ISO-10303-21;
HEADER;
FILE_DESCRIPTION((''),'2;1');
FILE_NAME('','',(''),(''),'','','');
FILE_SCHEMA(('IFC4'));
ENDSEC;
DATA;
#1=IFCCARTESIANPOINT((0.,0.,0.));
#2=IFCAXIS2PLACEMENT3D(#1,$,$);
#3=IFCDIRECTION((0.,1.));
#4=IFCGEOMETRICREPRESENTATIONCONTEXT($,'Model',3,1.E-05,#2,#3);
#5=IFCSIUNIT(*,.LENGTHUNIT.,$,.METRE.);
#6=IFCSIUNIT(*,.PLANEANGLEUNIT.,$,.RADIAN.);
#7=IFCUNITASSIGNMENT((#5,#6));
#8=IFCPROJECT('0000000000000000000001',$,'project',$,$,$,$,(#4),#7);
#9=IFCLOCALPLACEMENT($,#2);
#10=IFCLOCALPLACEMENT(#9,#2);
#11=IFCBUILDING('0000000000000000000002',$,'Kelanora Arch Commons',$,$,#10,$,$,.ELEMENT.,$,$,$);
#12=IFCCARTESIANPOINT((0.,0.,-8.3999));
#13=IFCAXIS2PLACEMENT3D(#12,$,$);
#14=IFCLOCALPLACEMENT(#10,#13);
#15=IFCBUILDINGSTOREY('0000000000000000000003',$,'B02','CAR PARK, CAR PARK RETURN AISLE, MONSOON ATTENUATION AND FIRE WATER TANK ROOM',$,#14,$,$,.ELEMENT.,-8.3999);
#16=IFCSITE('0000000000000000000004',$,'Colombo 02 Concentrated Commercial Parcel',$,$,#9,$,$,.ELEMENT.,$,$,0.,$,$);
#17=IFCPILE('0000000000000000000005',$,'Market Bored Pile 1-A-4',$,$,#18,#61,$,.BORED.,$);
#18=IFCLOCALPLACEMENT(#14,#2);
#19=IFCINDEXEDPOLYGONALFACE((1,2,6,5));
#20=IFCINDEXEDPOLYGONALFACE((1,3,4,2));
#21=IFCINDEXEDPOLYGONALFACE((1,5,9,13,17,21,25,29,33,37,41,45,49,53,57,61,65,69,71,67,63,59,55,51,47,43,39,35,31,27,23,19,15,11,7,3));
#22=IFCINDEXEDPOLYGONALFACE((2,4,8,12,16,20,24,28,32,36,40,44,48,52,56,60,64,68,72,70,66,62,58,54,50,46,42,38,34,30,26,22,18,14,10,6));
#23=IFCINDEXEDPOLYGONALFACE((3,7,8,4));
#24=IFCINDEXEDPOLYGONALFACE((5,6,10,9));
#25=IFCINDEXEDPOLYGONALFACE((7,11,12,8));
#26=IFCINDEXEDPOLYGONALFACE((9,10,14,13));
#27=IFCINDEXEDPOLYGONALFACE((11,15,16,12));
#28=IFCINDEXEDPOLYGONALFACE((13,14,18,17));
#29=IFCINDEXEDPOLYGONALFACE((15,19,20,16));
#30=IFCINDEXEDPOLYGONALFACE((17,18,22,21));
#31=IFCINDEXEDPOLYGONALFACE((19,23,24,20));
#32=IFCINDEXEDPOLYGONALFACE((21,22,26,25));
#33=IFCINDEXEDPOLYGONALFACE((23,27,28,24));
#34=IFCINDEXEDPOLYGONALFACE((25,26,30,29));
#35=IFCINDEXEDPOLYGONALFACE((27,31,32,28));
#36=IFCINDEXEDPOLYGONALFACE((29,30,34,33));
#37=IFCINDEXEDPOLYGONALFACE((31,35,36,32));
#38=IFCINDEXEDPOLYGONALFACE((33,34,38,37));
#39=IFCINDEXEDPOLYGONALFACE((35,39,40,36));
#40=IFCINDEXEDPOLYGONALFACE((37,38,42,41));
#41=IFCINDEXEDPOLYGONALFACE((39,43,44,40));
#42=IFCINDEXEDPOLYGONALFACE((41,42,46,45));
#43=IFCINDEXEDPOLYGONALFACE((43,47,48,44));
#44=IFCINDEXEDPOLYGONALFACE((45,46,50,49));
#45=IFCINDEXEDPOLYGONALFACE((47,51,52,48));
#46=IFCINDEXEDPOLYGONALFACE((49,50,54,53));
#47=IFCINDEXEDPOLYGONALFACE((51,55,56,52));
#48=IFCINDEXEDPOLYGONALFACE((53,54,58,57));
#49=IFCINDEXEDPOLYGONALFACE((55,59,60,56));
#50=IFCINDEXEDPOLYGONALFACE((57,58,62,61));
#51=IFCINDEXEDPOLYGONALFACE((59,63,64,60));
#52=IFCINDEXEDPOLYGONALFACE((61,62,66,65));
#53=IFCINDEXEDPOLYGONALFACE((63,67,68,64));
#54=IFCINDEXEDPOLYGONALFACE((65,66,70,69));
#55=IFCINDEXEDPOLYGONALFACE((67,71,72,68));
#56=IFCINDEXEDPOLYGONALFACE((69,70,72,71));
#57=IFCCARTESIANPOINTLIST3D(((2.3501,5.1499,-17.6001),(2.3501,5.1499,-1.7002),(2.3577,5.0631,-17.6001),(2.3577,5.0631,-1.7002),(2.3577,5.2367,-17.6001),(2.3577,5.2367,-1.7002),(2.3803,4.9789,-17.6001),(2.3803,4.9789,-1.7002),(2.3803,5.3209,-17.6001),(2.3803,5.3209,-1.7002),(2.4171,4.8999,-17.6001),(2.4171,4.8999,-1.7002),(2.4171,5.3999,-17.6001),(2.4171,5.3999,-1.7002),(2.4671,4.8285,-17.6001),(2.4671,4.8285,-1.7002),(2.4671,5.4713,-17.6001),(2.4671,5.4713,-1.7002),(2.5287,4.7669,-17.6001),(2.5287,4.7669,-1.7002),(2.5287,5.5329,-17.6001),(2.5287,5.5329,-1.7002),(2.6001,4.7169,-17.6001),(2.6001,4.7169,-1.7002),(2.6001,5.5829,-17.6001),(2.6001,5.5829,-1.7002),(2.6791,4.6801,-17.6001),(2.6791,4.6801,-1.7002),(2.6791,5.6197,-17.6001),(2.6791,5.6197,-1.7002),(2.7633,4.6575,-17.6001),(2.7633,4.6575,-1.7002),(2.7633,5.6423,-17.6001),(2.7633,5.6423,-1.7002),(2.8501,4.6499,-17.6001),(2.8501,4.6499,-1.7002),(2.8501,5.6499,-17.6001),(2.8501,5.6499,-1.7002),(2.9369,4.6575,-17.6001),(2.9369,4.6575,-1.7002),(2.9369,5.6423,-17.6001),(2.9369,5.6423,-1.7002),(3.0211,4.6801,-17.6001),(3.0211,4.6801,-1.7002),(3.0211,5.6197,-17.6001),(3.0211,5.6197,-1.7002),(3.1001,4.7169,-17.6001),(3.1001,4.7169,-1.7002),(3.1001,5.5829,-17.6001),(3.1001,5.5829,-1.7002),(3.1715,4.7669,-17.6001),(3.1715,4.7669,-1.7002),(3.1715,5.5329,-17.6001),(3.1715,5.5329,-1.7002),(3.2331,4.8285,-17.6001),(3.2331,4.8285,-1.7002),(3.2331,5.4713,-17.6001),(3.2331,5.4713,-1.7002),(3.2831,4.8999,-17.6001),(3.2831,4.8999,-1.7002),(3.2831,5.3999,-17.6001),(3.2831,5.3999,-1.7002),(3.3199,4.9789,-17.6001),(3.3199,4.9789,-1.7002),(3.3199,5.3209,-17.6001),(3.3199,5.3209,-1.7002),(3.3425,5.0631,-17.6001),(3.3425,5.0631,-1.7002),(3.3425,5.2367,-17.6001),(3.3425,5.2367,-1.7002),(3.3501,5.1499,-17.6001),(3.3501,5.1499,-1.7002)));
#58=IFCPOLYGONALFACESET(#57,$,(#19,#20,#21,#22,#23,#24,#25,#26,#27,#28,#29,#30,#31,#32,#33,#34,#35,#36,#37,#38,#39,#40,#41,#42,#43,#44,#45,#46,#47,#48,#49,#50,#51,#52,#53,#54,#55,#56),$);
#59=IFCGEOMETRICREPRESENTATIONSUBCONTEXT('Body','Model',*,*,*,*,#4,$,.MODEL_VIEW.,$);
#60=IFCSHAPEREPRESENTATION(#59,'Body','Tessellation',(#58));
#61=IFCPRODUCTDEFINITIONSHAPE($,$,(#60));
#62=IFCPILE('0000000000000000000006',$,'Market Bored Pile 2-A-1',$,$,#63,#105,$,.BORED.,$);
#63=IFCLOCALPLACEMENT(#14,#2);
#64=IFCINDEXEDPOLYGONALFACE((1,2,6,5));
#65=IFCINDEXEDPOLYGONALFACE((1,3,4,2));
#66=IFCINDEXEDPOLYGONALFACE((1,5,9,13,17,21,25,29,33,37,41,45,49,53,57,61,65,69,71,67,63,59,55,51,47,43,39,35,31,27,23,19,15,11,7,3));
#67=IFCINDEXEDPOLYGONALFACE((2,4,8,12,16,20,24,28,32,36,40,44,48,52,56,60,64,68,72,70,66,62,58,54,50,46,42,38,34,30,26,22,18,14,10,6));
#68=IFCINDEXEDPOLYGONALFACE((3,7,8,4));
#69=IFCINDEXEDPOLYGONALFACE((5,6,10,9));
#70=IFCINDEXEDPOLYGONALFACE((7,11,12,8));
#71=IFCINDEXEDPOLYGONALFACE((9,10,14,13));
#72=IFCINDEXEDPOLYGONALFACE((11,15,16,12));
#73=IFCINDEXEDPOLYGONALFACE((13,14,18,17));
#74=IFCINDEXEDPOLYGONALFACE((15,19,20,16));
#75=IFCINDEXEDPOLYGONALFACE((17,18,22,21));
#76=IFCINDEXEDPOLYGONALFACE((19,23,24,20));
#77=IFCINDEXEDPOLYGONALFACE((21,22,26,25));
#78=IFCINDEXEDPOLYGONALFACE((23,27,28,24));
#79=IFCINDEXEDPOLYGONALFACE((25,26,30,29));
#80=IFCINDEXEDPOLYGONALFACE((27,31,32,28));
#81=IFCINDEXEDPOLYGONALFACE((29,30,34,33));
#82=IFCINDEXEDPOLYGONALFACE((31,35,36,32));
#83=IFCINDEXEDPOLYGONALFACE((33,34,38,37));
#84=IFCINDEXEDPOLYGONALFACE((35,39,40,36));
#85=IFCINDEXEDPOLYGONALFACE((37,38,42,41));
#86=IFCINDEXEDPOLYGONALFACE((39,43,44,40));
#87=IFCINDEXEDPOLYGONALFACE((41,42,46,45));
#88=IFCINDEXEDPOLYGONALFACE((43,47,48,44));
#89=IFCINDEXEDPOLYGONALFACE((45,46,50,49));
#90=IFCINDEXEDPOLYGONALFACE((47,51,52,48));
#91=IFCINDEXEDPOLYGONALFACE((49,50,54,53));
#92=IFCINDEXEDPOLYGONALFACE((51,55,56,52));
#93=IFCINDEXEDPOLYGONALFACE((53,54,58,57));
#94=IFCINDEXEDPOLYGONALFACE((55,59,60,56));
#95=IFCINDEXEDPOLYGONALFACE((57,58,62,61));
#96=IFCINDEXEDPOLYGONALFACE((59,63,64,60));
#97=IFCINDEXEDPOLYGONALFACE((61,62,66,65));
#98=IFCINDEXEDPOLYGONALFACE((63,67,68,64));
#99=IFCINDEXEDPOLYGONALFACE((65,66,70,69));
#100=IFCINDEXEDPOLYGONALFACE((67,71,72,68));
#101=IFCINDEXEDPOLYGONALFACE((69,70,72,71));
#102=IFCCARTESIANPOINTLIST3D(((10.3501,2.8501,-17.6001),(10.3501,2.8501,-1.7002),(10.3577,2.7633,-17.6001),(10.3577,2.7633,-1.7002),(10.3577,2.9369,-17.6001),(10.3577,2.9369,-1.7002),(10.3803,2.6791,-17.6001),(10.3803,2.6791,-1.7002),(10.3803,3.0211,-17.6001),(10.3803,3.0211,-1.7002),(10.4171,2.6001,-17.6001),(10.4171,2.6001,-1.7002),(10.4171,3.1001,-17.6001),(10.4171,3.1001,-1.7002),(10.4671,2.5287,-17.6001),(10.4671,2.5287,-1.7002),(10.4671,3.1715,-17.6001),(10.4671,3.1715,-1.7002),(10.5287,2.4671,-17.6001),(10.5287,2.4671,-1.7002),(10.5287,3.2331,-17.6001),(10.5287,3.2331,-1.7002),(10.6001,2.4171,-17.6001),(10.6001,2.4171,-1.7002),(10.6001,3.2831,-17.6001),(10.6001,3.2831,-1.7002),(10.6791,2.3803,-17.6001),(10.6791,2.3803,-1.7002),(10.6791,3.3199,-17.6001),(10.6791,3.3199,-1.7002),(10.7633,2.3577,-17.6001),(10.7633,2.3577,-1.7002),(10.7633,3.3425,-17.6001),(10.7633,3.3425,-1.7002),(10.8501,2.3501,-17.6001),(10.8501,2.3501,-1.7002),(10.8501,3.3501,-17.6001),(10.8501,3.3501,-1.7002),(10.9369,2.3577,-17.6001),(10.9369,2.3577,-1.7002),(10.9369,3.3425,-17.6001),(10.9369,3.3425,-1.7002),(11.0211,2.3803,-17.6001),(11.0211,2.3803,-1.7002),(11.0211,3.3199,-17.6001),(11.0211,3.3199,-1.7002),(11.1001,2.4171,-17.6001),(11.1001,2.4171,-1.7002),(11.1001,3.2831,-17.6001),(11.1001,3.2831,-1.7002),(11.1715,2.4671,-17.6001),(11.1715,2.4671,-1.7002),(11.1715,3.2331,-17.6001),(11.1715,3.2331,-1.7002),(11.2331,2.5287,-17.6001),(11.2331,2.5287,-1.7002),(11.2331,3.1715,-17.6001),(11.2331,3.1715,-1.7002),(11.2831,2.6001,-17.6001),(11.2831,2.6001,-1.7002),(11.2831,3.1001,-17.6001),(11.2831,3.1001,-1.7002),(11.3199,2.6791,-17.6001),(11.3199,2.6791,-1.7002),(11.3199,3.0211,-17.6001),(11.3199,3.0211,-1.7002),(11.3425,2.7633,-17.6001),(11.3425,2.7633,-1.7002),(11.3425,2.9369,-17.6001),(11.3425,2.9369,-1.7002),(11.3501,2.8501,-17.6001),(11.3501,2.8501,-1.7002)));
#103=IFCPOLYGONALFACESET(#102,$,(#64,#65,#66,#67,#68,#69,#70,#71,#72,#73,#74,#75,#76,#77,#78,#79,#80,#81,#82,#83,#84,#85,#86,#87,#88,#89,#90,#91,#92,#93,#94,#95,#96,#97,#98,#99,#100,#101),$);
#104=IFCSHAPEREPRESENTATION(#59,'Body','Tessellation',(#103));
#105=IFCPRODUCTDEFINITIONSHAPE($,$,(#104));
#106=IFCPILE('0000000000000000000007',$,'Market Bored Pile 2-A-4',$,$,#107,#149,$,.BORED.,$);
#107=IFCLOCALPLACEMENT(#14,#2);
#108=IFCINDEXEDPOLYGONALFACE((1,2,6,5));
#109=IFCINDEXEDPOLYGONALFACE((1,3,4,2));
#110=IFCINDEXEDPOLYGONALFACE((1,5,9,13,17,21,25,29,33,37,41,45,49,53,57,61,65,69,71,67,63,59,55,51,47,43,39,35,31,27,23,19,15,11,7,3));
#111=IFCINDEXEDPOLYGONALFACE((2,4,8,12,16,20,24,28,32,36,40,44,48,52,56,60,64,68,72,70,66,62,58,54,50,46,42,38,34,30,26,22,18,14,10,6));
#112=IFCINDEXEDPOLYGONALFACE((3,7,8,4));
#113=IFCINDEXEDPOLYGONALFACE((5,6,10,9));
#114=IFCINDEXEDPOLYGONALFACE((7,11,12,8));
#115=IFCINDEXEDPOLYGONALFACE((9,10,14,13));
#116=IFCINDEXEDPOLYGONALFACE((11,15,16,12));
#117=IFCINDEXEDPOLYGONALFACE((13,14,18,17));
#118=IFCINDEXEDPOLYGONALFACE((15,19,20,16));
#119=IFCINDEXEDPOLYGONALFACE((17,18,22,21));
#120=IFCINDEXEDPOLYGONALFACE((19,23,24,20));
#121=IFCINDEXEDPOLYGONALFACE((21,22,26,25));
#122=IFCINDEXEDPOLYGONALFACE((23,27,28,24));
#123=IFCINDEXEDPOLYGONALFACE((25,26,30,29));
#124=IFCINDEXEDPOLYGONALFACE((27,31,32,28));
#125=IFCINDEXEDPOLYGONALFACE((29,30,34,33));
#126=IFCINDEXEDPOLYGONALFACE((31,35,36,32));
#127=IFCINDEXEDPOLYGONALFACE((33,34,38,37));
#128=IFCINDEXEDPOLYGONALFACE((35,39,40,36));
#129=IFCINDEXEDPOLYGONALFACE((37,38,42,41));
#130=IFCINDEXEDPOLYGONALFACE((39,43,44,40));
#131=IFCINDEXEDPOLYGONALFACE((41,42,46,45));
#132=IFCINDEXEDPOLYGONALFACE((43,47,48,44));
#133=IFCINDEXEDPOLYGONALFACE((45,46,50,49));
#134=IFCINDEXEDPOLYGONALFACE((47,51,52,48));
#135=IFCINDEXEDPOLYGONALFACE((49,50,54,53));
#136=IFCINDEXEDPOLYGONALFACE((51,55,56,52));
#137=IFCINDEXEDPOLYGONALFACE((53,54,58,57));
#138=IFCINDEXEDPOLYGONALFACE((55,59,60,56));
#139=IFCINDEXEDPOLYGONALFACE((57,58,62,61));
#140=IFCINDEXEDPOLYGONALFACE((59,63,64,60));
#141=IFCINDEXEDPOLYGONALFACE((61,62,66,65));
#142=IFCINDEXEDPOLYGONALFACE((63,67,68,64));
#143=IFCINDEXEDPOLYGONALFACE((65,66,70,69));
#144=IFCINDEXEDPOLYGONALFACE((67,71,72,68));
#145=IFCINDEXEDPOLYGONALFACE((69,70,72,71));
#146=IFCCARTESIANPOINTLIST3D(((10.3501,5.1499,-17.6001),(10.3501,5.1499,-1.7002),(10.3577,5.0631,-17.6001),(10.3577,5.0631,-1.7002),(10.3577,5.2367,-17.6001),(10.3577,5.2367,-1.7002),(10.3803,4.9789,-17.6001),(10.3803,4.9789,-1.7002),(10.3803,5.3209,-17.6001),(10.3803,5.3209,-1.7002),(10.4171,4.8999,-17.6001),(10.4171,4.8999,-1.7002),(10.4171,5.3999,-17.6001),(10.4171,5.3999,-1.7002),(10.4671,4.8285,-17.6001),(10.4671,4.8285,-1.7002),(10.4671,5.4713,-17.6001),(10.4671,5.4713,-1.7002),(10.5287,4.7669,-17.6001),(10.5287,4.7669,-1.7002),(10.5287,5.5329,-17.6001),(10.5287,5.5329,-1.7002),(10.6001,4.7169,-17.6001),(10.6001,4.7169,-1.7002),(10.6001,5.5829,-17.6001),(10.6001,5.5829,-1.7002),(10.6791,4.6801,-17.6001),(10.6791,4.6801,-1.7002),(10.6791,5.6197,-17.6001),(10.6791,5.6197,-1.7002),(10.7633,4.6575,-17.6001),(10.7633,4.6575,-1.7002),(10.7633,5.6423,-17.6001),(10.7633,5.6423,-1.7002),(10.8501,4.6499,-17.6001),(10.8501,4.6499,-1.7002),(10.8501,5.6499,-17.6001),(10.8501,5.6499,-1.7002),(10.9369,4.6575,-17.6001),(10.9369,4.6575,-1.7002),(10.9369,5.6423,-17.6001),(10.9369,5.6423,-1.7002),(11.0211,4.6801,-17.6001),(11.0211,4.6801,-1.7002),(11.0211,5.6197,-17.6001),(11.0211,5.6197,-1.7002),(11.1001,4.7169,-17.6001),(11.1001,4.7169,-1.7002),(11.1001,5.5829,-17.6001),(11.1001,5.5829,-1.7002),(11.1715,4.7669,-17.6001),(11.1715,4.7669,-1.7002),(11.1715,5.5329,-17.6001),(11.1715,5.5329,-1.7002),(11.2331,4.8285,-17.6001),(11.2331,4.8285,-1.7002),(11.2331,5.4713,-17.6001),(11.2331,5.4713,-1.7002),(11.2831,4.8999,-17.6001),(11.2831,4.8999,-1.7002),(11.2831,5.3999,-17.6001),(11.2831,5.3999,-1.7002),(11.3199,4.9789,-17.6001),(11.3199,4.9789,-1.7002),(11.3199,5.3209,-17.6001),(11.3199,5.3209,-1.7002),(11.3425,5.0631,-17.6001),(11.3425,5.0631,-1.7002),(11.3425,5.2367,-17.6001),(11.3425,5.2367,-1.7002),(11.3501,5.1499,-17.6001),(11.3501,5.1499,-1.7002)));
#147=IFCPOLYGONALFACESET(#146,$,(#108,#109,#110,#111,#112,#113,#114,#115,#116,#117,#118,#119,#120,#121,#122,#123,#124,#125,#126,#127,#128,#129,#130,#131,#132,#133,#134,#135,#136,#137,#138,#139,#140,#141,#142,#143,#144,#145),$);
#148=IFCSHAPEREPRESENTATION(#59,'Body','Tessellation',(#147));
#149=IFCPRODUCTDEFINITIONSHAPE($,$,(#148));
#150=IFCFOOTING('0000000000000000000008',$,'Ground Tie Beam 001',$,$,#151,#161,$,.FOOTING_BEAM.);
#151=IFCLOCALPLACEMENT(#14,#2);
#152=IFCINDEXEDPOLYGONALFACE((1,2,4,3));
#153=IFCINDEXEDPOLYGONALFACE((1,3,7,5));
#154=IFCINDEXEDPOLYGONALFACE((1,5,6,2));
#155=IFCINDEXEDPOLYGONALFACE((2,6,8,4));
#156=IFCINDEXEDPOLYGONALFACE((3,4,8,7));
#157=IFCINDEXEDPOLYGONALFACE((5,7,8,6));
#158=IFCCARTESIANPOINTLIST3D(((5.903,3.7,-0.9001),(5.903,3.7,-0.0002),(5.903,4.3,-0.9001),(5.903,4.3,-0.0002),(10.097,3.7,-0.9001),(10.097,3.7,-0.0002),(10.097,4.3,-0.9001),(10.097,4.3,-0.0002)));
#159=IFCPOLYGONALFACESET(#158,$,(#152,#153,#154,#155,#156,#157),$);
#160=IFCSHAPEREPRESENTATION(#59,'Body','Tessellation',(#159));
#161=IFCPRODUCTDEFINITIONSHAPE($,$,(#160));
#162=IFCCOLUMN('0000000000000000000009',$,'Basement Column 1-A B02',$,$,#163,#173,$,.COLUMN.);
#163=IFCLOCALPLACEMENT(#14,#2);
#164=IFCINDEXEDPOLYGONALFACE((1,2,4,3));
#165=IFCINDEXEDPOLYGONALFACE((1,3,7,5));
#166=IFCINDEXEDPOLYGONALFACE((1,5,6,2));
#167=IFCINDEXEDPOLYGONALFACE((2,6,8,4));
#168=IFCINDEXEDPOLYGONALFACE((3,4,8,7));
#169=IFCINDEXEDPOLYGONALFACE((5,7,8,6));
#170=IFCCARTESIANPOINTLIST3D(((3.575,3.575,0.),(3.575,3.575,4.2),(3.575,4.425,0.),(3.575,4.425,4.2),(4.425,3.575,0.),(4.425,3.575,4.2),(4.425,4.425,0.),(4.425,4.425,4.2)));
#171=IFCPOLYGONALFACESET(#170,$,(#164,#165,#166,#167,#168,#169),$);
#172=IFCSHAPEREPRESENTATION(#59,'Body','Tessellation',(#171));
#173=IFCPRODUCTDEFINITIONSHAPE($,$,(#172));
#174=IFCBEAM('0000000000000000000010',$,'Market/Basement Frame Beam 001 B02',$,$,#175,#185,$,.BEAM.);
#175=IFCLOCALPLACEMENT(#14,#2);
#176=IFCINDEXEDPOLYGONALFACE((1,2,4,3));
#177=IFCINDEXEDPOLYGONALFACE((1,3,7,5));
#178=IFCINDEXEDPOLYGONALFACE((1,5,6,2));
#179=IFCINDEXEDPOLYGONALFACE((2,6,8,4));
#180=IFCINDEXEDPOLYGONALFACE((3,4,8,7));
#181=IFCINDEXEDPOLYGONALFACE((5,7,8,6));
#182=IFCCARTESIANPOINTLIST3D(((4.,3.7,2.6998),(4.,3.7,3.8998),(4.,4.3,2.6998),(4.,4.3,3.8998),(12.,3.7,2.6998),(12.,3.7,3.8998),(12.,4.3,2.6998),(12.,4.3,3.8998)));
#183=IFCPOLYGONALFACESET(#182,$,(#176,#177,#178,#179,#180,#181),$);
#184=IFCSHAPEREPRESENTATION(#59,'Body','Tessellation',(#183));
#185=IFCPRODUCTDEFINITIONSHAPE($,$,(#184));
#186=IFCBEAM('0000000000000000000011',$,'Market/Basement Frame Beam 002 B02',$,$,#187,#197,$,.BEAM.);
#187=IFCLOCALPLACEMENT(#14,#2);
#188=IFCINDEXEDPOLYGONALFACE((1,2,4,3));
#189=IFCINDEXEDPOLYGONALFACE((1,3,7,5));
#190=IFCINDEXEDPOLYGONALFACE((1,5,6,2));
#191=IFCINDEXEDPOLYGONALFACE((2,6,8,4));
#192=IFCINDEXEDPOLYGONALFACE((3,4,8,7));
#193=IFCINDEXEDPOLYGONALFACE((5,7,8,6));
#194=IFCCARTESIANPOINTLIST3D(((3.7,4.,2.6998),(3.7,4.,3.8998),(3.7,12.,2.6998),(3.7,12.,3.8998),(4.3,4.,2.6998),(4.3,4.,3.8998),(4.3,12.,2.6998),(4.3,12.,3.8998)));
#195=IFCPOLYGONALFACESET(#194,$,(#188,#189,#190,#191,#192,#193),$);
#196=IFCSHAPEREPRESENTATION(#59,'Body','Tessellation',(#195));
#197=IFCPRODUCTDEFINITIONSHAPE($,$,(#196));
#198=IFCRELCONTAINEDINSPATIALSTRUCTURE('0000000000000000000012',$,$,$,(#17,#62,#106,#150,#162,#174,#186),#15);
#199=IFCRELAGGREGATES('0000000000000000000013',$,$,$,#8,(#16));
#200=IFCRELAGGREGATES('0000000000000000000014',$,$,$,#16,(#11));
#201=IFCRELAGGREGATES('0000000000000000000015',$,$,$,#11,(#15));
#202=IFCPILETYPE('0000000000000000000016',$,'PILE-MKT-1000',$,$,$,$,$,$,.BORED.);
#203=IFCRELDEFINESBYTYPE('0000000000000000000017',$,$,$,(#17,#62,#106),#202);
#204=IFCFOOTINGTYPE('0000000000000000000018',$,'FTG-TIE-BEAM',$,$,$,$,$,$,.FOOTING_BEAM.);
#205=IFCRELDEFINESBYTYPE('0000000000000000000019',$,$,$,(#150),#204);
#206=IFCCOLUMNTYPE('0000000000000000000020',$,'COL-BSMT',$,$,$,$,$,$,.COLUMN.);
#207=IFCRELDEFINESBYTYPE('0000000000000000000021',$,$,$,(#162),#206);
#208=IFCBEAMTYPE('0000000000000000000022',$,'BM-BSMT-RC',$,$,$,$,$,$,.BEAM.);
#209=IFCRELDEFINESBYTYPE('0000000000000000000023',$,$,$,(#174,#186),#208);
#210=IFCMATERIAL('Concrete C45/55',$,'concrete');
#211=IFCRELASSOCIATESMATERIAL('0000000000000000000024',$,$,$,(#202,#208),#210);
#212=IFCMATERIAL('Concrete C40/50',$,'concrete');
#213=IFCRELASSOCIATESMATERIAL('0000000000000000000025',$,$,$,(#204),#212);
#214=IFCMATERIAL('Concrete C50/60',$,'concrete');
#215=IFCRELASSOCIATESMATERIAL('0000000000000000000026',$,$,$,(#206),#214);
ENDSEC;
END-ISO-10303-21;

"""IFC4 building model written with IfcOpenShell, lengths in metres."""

from ifc_helpers import new_model, si_unit, direction, frame, origin, origin_2d, place, context, subcontext, project, spatial, rectangle, circle, extrude, source, transform, mapped, material, material_profile, profile_set, type_object, element, save


model = new_model("IFC4")

# Units and contexts
model_context = context("Model", 3, precision=1e-05, world=origin(), true_north=direction((0.0, 1.0)))
body_context = subcontext(model_context, "Body", "Model", "MODEL_VIEW")
ifc_project = project(units=[si_unit("LENGTHUNIT", "METRE"), si_unit("PLANEANGLEUNIT", "RADIAN")], contexts=[model_context])

# Site, building, storey
site_placement = place(None, origin())
site = spatial("IfcSite", under=ifc_project, at=site_placement, Name="Colombo 02 Concentrated Commercial Parcel", CompositionType="ELEMENT", RefElevation=0.0)
building_placement = place(site_placement, origin())
building = spatial("IfcBuilding", under=site, at=building_placement, Name="Kelanora Arch Commons", CompositionType="ELEMENT")
storey_placement = place(building_placement, frame((0.0, 0.0, -8.3999)))
storey = spatial("IfcBuildingStorey", under=building, at=storey_placement, Name="B02", Description="CAR PARK, CAR PARK RETURN AISLE, MONSOON ATTENUATION AND FIRE WATER TANK ROOM", CompositionType="ELEMENT", Elevation=-8.3999)

# Shared definitions
ifc_material_1 = material(Name="Concrete C50/60", Category="concrete")
ifc_material_2 = material(Name="Concrete C40/50", Category="concrete")

# Piles
ifc_material_3 = material(Name="Concrete C45/55", Category="concrete")
ifc_material_profile_1 = material_profile(ifc_material_3, circle(Radius=0.5, at=origin_2d()), Name="PILE1000")
ifc_profile_set_1 = profile_set([ifc_material_profile_1], Name="Concrete C45/55")
pile_type = type_object("IfcPileType", Name="PILE-MKT-1000", PredefinedType="BORED", material=ifc_profile_set_1)
shared_shape_1 = source(origin(), body_context, "Body", "SweptSolid", [
    extrude(circle(Radius=0.5, at=origin_2d()), origin(), (0.0, 0.0, 1.0), 15.8999),
])
for number, where, z_axis, x_axis, name in (
    (1, (2.8501, 5.1499, -1.7002), (0.0, 0.0, -1.0), (1.0, 0.0, 0.0), "Market Bored Pile 1-A-4"),
    (2, (10.8501, 2.8501, -1.7002), (0.0, 0.0, -1.0), (1.0, 0.0, 0.0), "Market Bored Pile 2-A-1"),
    (3, (10.8501, 5.1499, -1.7002), (0.0, 0.0, -1.0), (1.0, 0.0, 0.0), "Market Bored Pile 2-A-4"),
):
    element("IfcPile", number, at=place(storey_placement, frame(where, z_axis=z_axis, x_axis=x_axis)), inside=storey, type_object=pile_type, Name=name, PredefinedType="BORED", context=body_context, shape_type="MappedRepresentation", body=[
        mapped(shared_shape_1, transform((0.0, 0.0, 0.0), scale=1.0)),
    ])

# Footing
footing_type_1 = type_object("IfcFootingType", Name="FTG-TIE-BEAM", PredefinedType="FOOTING_BEAM", material=ifc_material_2)
shared_shape_2 = source(origin(), body_context, "Body", "SweptSolid", [
    extrude(rectangle(XDim=4.1941, YDim=0.6001, at=origin_2d()), origin(), (0.0, 0.0, 1.0), 0.8999),
])
footing_1_placement = place(storey_placement, frame((8.0, 4.0, -0.9001), z_axis=(0.0, 0.0, 1.0), x_axis=(1.0, 0.0, 0.0)))
element("IfcFooting", 4, at=footing_1_placement, inside=storey, type_object=footing_type_1, Name="Ground Tie Beam 001", PredefinedType="FOOTING_BEAM", context=body_context, shape_type="MappedRepresentation", body=[
    mapped(shared_shape_2, transform((0.0, 0.0, 0.0), scale=1.0)),
])

# Column
ifc_material_profile_2 = material_profile(ifc_material_1, rectangle(XDim=0.8501, YDim=0.8501, at=origin_2d()), Name="RC850x850")
ifc_profile_set_2 = profile_set([ifc_material_profile_2], Name="Concrete C50/60")
column_type = type_object("IfcColumnType", Name="COL-BSMT", PredefinedType="COLUMN", material=ifc_profile_set_2)
column_placement = place(storey_placement, frame((4.0, 4.0, 0.0), z_axis=(0.0, 0.0, 1.0), x_axis=(1.0, 0.0, 0.0)))
element("IfcColumn", 5, at=column_placement, inside=storey, type_object=column_type, Name="Basement Column 1-A B02", PredefinedType="COLUMN", context=body_context, shape_type="SweptSolid", body=[
    extrude(rectangle(XDim=0.8501, YDim=0.8501, at=origin_2d()), origin(), (0.0, 0.0, 1.0), 4.2),
])

# Beams
ifc_material_profile_3 = material_profile(ifc_material_3, rectangle(XDim=0.6001, YDim=1.2, at=origin_2d()), Name="RCB600x1200")
ifc_profile_set_3 = profile_set([ifc_material_profile_3], Name="Concrete C45/55")
beam_type = type_object("IfcBeamType", Name="BM-BSMT-RC", PredefinedType="BEAM", material=ifc_profile_set_3)
for number, where, z_axis, x_axis, name in (
    (6, (4.0, 4.0, 3.2998), (1.0, 0.0, 0.0), (0.0, 1.0, 0.0), "Market/Basement Frame Beam 001 B02"),
    (7, (4.0, 4.0, 3.2998), (0.0, 1.0, 0.0), (-1.0, 0.0, 0.0), "Market/Basement Frame Beam 002 B02"),
):
    element("IfcBeam", number, at=place(storey_placement, frame(where, z_axis=z_axis, x_axis=x_axis)), inside=storey, type_object=beam_type, Name=name, PredefinedType="BEAM", context=body_context, shape_type="SweptSolid", body=[
        extrude(rectangle(XDim=0.6001, YDim=1.2, at=origin_2d()), origin(), (0.0, 0.0, 1.0), 8.0),
    ])

save(model, "model.ifc")
